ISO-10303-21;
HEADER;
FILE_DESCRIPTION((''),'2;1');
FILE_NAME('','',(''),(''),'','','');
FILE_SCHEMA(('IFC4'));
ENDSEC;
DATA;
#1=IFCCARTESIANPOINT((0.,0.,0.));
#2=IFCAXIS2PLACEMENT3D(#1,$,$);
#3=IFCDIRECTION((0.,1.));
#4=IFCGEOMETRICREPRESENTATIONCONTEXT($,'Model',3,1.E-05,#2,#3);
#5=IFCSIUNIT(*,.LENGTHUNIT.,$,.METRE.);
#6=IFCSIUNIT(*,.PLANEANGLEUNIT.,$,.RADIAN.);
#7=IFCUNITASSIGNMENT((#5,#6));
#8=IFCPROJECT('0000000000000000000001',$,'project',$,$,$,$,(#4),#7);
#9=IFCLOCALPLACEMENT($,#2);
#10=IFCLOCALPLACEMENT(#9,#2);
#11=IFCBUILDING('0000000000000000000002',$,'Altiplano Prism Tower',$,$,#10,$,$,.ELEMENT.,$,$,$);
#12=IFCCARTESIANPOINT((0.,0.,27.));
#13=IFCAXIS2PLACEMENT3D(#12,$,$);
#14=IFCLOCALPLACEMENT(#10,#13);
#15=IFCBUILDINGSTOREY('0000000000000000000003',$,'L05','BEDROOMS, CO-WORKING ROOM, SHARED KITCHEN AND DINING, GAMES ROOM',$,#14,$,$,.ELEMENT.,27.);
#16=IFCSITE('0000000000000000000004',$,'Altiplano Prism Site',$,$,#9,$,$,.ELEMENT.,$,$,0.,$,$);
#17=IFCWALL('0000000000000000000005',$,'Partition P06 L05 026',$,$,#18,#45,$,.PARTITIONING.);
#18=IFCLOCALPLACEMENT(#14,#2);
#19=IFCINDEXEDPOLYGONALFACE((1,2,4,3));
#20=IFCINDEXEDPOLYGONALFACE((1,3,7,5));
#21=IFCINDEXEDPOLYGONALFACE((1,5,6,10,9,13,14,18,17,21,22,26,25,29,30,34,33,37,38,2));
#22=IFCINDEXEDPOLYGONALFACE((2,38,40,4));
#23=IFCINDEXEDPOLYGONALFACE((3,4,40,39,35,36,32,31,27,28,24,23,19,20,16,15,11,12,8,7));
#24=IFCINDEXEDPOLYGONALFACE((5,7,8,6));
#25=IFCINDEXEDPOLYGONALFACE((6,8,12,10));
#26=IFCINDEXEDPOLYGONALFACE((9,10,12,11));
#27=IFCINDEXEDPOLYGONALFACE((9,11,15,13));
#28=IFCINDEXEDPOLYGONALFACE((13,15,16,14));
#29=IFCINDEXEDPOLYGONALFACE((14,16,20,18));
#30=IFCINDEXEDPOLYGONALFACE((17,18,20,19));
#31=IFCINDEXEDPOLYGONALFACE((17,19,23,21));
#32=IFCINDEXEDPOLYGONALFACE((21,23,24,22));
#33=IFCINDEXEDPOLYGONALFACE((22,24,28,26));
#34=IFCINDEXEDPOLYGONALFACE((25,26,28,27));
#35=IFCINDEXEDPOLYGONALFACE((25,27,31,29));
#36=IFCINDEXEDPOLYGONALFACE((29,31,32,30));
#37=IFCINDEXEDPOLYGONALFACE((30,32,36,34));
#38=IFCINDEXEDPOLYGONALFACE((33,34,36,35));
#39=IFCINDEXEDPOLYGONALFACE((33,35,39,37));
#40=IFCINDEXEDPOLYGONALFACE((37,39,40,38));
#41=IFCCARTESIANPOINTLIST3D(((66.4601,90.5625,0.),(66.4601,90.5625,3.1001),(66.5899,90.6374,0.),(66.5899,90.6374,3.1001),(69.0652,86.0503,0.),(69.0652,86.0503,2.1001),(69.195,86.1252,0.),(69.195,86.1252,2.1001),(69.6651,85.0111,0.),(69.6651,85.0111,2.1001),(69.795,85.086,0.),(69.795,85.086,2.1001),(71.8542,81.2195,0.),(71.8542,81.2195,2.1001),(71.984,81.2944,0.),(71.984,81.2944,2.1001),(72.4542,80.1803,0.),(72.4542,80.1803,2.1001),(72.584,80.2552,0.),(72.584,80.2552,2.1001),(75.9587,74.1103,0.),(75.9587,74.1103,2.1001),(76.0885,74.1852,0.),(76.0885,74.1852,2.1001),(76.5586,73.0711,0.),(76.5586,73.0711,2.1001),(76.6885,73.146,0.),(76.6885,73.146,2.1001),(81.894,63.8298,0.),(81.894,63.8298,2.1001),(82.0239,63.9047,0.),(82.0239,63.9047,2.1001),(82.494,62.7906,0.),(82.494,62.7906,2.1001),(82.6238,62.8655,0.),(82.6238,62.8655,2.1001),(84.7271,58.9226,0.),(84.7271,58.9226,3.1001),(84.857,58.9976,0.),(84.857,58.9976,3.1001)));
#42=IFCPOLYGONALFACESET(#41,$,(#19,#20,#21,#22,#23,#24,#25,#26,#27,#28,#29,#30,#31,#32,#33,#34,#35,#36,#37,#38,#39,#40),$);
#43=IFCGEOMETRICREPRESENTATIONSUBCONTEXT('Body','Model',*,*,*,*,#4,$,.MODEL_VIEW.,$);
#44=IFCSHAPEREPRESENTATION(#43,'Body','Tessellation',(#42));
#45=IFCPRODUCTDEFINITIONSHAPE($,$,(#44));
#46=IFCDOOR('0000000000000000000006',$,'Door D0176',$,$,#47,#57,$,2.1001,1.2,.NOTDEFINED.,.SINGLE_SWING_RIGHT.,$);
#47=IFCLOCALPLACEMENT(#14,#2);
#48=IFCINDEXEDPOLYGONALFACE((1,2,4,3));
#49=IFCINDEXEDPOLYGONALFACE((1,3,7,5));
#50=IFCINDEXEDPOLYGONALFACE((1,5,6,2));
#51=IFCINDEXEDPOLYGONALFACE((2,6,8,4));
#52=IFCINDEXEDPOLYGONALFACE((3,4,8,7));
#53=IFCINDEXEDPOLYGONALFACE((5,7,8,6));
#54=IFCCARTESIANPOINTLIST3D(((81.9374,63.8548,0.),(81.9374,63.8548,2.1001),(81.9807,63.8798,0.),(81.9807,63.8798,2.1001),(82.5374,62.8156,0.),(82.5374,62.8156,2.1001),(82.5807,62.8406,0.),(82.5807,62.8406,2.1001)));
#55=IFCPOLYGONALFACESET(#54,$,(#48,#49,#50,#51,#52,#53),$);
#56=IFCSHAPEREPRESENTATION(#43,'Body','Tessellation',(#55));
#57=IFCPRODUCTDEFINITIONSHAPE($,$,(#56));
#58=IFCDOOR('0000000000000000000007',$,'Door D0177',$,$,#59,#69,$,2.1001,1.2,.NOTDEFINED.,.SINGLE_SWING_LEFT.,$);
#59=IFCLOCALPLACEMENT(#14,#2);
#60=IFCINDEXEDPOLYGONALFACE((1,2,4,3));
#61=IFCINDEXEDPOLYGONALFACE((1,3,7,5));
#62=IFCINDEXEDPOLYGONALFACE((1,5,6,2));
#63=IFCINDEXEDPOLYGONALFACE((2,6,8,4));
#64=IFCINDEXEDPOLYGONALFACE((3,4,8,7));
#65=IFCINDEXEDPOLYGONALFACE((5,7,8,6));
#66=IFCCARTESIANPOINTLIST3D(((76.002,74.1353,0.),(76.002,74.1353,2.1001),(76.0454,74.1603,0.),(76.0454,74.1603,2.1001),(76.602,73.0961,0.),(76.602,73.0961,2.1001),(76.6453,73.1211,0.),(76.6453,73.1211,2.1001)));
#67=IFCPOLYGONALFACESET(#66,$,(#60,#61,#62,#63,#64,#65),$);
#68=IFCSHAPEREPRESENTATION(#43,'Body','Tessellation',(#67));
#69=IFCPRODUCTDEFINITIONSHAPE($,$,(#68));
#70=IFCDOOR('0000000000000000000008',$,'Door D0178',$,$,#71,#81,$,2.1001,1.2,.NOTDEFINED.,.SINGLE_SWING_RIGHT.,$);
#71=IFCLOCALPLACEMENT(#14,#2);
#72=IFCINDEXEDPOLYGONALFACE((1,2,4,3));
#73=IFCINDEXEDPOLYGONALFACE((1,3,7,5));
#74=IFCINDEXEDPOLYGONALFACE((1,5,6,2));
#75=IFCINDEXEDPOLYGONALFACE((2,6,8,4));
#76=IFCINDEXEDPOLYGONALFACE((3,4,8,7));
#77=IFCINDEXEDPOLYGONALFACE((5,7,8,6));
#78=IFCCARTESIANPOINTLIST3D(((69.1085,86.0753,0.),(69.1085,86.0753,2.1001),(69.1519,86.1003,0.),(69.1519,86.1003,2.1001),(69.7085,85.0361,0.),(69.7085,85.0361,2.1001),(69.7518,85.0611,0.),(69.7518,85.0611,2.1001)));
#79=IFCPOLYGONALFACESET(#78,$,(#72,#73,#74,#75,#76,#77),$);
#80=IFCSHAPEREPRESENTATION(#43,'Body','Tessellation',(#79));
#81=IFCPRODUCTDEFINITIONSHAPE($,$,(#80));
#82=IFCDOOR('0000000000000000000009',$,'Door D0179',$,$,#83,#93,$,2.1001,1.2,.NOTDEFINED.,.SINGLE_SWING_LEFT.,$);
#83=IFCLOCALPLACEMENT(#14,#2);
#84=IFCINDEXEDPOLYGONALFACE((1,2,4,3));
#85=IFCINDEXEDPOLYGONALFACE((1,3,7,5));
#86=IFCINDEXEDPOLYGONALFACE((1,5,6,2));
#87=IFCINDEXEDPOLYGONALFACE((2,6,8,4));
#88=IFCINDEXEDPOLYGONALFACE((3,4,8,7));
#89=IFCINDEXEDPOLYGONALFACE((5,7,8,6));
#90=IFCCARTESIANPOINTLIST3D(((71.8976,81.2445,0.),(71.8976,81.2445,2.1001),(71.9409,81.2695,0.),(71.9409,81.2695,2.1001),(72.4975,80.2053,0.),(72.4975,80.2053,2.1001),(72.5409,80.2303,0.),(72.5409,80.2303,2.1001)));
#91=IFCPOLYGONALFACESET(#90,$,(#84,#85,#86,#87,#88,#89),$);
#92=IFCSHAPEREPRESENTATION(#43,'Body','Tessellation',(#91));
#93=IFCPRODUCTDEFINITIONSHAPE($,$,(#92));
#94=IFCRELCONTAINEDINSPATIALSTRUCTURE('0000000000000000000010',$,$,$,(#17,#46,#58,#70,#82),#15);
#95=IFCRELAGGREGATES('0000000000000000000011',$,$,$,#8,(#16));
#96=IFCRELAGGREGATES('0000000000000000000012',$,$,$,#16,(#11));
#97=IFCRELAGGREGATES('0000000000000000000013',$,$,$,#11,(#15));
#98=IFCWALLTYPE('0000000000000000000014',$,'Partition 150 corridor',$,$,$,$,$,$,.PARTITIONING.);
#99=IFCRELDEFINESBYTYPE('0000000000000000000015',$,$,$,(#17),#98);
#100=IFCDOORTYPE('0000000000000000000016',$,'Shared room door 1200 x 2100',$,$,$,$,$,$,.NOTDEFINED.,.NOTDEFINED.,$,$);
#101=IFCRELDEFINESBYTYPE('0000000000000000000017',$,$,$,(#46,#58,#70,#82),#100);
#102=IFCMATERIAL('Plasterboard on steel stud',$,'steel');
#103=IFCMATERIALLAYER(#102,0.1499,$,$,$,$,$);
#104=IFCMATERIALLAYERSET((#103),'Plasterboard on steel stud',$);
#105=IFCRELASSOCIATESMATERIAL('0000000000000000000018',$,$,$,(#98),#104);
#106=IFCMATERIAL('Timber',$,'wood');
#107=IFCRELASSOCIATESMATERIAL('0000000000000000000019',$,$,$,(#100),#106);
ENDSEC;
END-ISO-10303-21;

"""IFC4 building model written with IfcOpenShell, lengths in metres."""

from ifc_helpers import new_model, si_unit, direction, frame, frame_2d, origin, place, context, subcontext, project, spatial, rectangle, extrude, material, layer, layer_set, type_object, element, fill, save


model = new_model("IFC4")

# Units and contexts
model_context = context("Model", 3, precision=1e-05, world=origin(), true_north=direction((0.0, 1.0)))
body_context = subcontext(model_context, "Body", "Model", "MODEL_VIEW")
ifc_project = project(units=[si_unit("LENGTHUNIT", "METRE"), si_unit("PLANEANGLEUNIT", "RADIAN")], contexts=[model_context])

# Site, building, storey
site_placement = place(None, origin())
site = spatial("IfcSite", under=ifc_project, at=site_placement, Name="Altiplano Prism Site", CompositionType="ELEMENT", RefElevation=0.0)
building_placement = place(site_placement, origin())
building = spatial("IfcBuilding", under=site, at=building_placement, Name="Altiplano Prism Tower", CompositionType="ELEMENT")
storey_placement = place(building_placement, frame((0.0, 0.0, 27.0)))
storey = spatial("IfcBuildingStorey", under=building, at=storey_placement, Name="L05", Description="BEDROOMS, CO-WORKING ROOM, SHARED KITCHEN AND DINING, GAMES ROOM", CompositionType="ELEMENT", Elevation=27.0)

# Shared definitions
ifc_material_1 = material(Name="Plasterboard on steel stud", Category="steel")
ifc_material_2 = material(Name="Timber", Category="wood")

# Shared definitions
ifc_layer_1 = layer(ifc_material_1, 0.1499)
ifc_layer_set_1 = layer_set([ifc_layer_1], Name="Plasterboard on steel stud")
wall_type_1 = type_object("IfcWallType", Name="Partition 150 corridor", PredefinedType="PARTITIONING", material=ifc_layer_set_1)
door_type_1 = type_object("IfcDoorType", Name="Shared room door 1200 x 2100", OperationType="NOTDEFINED", PredefinedType="NOTDEFINED", material=ifc_material_2)

# Wall, openings, doors
wall_1_placement = place(storey_placement, frame((84.792, 58.9602, 0.0), z_axis=(0.0, 0.0, 1.0), x_axis=(-0.499996, 0.866028, 0.0)))
wall_1 = element("IfcWall", 1, at=wall_1_placement, inside=storey, type_object=wall_type_1, Name="Partition P06 L05 026", PredefinedType="PARTITIONING", context=body_context, shape_type="SweptSolid", body=[
    extrude(rectangle(XDim=36.5344, YDim=0.1499, at=frame_2d((18.2671, 0.0))), origin(), (0.0, 0.0, 1.0), 3.1001),
])
opening_1_placement = place(wall_1_placement, frame((4.4661, 0.0, 0.0)))
opening_1 = element("IfcOpeningElement", 2, at=opening_1_placement, cuts=wall_1, PredefinedType="OPENING", context=body_context, shape_type="SweptSolid", body=[
    extrude(rectangle(XDim=1.2, YDim=2.1001, at=frame_2d((0.6001, 1.05))), frame((0.0, 0.0854, 0.0), z_axis=(0.0, -1.0, 0.0), x_axis=(1.0, 0.0, 0.0)), (0.0, 0.0, 1.0), 0.1709),
])
opening_2_placement = place(wall_1_placement, frame((16.3369, 0.0, 0.0)))
opening_2 = element("IfcOpeningElement", 3, at=opening_2_placement, cuts=wall_1, PredefinedType="OPENING", context=body_context, shape_type="SweptSolid", body=[
    extrude(rectangle(XDim=1.2, YDim=2.1001, at=frame_2d((0.6001, 1.05))), frame((0.0, 0.0854, 0.0), z_axis=(0.0, -1.0, 0.0), x_axis=(1.0, 0.0, 0.0)), (0.0, 0.0, 1.0), 0.1709),
])
opening_3_placement = place(wall_1_placement, frame((30.124, 0.0, 0.0)))
opening_3 = element("IfcOpeningElement", 4, at=opening_3_placement, cuts=wall_1, PredefinedType="OPENING", context=body_context, shape_type="SweptSolid", body=[
    extrude(rectangle(XDim=1.2, YDim=2.1001, at=frame_2d((0.6001, 1.05))), frame((0.0, 0.0854, 0.0), z_axis=(0.0, -1.0, 0.0), x_axis=(1.0, 0.0, 0.0)), (0.0, 0.0, 1.0), 0.1709),
])
opening_4_placement = place(wall_1_placement, frame((24.5459, 0.0, 0.0)))
opening_4 = element("IfcOpeningElement", 5, at=opening_4_placement, cuts=wall_1, PredefinedType="OPENING", context=body_context, shape_type="SweptSolid", body=[
    extrude(rectangle(XDim=1.2, YDim=2.1001, at=frame_2d((0.6001, 1.05))), frame((0.0, 0.0854, 0.0), z_axis=(0.0, -1.0, 0.0), x_axis=(1.0, 0.0, 0.0)), (0.0, 0.0, 1.0), 0.1709),
])
door_1_placement = place(opening_1_placement, origin())
door_1 = element("IfcDoor", 6, at=door_1_placement, inside=storey, type_object=door_type_1, Name="Door D0176", OperationType="SINGLE_SWING_RIGHT", OverallHeight=2.1001, OverallWidth=1.2, PredefinedType="NOTDEFINED", context=body_context, shape_type="SweptSolid", body=[
    extrude(rectangle(XDim=1.2, YDim=2.1001, at=frame_2d((0.6001, 1.05))), frame((0.0, 0.0249, 0.0), z_axis=(0.0, -1.0, 0.0), x_axis=(1.0, 0.0, 0.0)), (0.0, 0.0, 1.0), 0.05),
])
fill(opening_1, door_1)
door_2_placement = place(opening_2_placement, origin())
door_2 = element("IfcDoor", 7, at=door_2_placement, inside=storey, type_object=door_type_1, Name="Door D0177", OperationType="SINGLE_SWING_LEFT", OverallHeight=2.1001, OverallWidth=1.2, PredefinedType="NOTDEFINED", context=body_context, shape_type="SweptSolid", body=[
    extrude(rectangle(XDim=1.2, YDim=2.1001, at=frame_2d((0.6001, 1.05))), frame((0.0, 0.0249, 0.0), z_axis=(0.0, -1.0, 0.0), x_axis=(1.0, 0.0, 0.0)), (0.0, 0.0, 1.0), 0.05),
])
fill(opening_2, door_2)
door_3_placement = place(opening_3_placement, origin())
door_3 = element("IfcDoor", 8, at=door_3_placement, inside=storey, type_object=door_type_1, Name="Door D0178", OperationType="SINGLE_SWING_RIGHT", OverallHeight=2.1001, OverallWidth=1.2, PredefinedType="NOTDEFINED", context=body_context, shape_type="SweptSolid", body=[
    extrude(rectangle(XDim=1.2, YDim=2.1001, at=frame_2d((0.6001, 1.05))), frame((0.0, 0.0249, 0.0), z_axis=(0.0, -1.0, 0.0), x_axis=(1.0, 0.0, 0.0)), (0.0, 0.0, 1.0), 0.05),
])
fill(opening_3, door_3)
door_4_placement = place(opening_4_placement, origin())
door_4 = element("IfcDoor", 9, at=door_4_placement, inside=storey, type_object=door_type_1, Name="Door D0179", OperationType="SINGLE_SWING_LEFT", OverallHeight=2.1001, OverallWidth=1.2, PredefinedType="NOTDEFINED", context=body_context, shape_type="SweptSolid", body=[
    extrude(rectangle(XDim=1.2, YDim=2.1001, at=frame_2d((0.6001, 1.05))), frame((0.0, 0.0249, 0.0), z_axis=(0.0, -1.0, 0.0), x_axis=(1.0, 0.0, 0.0)), (0.0, 0.0, 1.0), 0.05),
])
fill(opening_4, door_4)

save(model, "model.ifc")
